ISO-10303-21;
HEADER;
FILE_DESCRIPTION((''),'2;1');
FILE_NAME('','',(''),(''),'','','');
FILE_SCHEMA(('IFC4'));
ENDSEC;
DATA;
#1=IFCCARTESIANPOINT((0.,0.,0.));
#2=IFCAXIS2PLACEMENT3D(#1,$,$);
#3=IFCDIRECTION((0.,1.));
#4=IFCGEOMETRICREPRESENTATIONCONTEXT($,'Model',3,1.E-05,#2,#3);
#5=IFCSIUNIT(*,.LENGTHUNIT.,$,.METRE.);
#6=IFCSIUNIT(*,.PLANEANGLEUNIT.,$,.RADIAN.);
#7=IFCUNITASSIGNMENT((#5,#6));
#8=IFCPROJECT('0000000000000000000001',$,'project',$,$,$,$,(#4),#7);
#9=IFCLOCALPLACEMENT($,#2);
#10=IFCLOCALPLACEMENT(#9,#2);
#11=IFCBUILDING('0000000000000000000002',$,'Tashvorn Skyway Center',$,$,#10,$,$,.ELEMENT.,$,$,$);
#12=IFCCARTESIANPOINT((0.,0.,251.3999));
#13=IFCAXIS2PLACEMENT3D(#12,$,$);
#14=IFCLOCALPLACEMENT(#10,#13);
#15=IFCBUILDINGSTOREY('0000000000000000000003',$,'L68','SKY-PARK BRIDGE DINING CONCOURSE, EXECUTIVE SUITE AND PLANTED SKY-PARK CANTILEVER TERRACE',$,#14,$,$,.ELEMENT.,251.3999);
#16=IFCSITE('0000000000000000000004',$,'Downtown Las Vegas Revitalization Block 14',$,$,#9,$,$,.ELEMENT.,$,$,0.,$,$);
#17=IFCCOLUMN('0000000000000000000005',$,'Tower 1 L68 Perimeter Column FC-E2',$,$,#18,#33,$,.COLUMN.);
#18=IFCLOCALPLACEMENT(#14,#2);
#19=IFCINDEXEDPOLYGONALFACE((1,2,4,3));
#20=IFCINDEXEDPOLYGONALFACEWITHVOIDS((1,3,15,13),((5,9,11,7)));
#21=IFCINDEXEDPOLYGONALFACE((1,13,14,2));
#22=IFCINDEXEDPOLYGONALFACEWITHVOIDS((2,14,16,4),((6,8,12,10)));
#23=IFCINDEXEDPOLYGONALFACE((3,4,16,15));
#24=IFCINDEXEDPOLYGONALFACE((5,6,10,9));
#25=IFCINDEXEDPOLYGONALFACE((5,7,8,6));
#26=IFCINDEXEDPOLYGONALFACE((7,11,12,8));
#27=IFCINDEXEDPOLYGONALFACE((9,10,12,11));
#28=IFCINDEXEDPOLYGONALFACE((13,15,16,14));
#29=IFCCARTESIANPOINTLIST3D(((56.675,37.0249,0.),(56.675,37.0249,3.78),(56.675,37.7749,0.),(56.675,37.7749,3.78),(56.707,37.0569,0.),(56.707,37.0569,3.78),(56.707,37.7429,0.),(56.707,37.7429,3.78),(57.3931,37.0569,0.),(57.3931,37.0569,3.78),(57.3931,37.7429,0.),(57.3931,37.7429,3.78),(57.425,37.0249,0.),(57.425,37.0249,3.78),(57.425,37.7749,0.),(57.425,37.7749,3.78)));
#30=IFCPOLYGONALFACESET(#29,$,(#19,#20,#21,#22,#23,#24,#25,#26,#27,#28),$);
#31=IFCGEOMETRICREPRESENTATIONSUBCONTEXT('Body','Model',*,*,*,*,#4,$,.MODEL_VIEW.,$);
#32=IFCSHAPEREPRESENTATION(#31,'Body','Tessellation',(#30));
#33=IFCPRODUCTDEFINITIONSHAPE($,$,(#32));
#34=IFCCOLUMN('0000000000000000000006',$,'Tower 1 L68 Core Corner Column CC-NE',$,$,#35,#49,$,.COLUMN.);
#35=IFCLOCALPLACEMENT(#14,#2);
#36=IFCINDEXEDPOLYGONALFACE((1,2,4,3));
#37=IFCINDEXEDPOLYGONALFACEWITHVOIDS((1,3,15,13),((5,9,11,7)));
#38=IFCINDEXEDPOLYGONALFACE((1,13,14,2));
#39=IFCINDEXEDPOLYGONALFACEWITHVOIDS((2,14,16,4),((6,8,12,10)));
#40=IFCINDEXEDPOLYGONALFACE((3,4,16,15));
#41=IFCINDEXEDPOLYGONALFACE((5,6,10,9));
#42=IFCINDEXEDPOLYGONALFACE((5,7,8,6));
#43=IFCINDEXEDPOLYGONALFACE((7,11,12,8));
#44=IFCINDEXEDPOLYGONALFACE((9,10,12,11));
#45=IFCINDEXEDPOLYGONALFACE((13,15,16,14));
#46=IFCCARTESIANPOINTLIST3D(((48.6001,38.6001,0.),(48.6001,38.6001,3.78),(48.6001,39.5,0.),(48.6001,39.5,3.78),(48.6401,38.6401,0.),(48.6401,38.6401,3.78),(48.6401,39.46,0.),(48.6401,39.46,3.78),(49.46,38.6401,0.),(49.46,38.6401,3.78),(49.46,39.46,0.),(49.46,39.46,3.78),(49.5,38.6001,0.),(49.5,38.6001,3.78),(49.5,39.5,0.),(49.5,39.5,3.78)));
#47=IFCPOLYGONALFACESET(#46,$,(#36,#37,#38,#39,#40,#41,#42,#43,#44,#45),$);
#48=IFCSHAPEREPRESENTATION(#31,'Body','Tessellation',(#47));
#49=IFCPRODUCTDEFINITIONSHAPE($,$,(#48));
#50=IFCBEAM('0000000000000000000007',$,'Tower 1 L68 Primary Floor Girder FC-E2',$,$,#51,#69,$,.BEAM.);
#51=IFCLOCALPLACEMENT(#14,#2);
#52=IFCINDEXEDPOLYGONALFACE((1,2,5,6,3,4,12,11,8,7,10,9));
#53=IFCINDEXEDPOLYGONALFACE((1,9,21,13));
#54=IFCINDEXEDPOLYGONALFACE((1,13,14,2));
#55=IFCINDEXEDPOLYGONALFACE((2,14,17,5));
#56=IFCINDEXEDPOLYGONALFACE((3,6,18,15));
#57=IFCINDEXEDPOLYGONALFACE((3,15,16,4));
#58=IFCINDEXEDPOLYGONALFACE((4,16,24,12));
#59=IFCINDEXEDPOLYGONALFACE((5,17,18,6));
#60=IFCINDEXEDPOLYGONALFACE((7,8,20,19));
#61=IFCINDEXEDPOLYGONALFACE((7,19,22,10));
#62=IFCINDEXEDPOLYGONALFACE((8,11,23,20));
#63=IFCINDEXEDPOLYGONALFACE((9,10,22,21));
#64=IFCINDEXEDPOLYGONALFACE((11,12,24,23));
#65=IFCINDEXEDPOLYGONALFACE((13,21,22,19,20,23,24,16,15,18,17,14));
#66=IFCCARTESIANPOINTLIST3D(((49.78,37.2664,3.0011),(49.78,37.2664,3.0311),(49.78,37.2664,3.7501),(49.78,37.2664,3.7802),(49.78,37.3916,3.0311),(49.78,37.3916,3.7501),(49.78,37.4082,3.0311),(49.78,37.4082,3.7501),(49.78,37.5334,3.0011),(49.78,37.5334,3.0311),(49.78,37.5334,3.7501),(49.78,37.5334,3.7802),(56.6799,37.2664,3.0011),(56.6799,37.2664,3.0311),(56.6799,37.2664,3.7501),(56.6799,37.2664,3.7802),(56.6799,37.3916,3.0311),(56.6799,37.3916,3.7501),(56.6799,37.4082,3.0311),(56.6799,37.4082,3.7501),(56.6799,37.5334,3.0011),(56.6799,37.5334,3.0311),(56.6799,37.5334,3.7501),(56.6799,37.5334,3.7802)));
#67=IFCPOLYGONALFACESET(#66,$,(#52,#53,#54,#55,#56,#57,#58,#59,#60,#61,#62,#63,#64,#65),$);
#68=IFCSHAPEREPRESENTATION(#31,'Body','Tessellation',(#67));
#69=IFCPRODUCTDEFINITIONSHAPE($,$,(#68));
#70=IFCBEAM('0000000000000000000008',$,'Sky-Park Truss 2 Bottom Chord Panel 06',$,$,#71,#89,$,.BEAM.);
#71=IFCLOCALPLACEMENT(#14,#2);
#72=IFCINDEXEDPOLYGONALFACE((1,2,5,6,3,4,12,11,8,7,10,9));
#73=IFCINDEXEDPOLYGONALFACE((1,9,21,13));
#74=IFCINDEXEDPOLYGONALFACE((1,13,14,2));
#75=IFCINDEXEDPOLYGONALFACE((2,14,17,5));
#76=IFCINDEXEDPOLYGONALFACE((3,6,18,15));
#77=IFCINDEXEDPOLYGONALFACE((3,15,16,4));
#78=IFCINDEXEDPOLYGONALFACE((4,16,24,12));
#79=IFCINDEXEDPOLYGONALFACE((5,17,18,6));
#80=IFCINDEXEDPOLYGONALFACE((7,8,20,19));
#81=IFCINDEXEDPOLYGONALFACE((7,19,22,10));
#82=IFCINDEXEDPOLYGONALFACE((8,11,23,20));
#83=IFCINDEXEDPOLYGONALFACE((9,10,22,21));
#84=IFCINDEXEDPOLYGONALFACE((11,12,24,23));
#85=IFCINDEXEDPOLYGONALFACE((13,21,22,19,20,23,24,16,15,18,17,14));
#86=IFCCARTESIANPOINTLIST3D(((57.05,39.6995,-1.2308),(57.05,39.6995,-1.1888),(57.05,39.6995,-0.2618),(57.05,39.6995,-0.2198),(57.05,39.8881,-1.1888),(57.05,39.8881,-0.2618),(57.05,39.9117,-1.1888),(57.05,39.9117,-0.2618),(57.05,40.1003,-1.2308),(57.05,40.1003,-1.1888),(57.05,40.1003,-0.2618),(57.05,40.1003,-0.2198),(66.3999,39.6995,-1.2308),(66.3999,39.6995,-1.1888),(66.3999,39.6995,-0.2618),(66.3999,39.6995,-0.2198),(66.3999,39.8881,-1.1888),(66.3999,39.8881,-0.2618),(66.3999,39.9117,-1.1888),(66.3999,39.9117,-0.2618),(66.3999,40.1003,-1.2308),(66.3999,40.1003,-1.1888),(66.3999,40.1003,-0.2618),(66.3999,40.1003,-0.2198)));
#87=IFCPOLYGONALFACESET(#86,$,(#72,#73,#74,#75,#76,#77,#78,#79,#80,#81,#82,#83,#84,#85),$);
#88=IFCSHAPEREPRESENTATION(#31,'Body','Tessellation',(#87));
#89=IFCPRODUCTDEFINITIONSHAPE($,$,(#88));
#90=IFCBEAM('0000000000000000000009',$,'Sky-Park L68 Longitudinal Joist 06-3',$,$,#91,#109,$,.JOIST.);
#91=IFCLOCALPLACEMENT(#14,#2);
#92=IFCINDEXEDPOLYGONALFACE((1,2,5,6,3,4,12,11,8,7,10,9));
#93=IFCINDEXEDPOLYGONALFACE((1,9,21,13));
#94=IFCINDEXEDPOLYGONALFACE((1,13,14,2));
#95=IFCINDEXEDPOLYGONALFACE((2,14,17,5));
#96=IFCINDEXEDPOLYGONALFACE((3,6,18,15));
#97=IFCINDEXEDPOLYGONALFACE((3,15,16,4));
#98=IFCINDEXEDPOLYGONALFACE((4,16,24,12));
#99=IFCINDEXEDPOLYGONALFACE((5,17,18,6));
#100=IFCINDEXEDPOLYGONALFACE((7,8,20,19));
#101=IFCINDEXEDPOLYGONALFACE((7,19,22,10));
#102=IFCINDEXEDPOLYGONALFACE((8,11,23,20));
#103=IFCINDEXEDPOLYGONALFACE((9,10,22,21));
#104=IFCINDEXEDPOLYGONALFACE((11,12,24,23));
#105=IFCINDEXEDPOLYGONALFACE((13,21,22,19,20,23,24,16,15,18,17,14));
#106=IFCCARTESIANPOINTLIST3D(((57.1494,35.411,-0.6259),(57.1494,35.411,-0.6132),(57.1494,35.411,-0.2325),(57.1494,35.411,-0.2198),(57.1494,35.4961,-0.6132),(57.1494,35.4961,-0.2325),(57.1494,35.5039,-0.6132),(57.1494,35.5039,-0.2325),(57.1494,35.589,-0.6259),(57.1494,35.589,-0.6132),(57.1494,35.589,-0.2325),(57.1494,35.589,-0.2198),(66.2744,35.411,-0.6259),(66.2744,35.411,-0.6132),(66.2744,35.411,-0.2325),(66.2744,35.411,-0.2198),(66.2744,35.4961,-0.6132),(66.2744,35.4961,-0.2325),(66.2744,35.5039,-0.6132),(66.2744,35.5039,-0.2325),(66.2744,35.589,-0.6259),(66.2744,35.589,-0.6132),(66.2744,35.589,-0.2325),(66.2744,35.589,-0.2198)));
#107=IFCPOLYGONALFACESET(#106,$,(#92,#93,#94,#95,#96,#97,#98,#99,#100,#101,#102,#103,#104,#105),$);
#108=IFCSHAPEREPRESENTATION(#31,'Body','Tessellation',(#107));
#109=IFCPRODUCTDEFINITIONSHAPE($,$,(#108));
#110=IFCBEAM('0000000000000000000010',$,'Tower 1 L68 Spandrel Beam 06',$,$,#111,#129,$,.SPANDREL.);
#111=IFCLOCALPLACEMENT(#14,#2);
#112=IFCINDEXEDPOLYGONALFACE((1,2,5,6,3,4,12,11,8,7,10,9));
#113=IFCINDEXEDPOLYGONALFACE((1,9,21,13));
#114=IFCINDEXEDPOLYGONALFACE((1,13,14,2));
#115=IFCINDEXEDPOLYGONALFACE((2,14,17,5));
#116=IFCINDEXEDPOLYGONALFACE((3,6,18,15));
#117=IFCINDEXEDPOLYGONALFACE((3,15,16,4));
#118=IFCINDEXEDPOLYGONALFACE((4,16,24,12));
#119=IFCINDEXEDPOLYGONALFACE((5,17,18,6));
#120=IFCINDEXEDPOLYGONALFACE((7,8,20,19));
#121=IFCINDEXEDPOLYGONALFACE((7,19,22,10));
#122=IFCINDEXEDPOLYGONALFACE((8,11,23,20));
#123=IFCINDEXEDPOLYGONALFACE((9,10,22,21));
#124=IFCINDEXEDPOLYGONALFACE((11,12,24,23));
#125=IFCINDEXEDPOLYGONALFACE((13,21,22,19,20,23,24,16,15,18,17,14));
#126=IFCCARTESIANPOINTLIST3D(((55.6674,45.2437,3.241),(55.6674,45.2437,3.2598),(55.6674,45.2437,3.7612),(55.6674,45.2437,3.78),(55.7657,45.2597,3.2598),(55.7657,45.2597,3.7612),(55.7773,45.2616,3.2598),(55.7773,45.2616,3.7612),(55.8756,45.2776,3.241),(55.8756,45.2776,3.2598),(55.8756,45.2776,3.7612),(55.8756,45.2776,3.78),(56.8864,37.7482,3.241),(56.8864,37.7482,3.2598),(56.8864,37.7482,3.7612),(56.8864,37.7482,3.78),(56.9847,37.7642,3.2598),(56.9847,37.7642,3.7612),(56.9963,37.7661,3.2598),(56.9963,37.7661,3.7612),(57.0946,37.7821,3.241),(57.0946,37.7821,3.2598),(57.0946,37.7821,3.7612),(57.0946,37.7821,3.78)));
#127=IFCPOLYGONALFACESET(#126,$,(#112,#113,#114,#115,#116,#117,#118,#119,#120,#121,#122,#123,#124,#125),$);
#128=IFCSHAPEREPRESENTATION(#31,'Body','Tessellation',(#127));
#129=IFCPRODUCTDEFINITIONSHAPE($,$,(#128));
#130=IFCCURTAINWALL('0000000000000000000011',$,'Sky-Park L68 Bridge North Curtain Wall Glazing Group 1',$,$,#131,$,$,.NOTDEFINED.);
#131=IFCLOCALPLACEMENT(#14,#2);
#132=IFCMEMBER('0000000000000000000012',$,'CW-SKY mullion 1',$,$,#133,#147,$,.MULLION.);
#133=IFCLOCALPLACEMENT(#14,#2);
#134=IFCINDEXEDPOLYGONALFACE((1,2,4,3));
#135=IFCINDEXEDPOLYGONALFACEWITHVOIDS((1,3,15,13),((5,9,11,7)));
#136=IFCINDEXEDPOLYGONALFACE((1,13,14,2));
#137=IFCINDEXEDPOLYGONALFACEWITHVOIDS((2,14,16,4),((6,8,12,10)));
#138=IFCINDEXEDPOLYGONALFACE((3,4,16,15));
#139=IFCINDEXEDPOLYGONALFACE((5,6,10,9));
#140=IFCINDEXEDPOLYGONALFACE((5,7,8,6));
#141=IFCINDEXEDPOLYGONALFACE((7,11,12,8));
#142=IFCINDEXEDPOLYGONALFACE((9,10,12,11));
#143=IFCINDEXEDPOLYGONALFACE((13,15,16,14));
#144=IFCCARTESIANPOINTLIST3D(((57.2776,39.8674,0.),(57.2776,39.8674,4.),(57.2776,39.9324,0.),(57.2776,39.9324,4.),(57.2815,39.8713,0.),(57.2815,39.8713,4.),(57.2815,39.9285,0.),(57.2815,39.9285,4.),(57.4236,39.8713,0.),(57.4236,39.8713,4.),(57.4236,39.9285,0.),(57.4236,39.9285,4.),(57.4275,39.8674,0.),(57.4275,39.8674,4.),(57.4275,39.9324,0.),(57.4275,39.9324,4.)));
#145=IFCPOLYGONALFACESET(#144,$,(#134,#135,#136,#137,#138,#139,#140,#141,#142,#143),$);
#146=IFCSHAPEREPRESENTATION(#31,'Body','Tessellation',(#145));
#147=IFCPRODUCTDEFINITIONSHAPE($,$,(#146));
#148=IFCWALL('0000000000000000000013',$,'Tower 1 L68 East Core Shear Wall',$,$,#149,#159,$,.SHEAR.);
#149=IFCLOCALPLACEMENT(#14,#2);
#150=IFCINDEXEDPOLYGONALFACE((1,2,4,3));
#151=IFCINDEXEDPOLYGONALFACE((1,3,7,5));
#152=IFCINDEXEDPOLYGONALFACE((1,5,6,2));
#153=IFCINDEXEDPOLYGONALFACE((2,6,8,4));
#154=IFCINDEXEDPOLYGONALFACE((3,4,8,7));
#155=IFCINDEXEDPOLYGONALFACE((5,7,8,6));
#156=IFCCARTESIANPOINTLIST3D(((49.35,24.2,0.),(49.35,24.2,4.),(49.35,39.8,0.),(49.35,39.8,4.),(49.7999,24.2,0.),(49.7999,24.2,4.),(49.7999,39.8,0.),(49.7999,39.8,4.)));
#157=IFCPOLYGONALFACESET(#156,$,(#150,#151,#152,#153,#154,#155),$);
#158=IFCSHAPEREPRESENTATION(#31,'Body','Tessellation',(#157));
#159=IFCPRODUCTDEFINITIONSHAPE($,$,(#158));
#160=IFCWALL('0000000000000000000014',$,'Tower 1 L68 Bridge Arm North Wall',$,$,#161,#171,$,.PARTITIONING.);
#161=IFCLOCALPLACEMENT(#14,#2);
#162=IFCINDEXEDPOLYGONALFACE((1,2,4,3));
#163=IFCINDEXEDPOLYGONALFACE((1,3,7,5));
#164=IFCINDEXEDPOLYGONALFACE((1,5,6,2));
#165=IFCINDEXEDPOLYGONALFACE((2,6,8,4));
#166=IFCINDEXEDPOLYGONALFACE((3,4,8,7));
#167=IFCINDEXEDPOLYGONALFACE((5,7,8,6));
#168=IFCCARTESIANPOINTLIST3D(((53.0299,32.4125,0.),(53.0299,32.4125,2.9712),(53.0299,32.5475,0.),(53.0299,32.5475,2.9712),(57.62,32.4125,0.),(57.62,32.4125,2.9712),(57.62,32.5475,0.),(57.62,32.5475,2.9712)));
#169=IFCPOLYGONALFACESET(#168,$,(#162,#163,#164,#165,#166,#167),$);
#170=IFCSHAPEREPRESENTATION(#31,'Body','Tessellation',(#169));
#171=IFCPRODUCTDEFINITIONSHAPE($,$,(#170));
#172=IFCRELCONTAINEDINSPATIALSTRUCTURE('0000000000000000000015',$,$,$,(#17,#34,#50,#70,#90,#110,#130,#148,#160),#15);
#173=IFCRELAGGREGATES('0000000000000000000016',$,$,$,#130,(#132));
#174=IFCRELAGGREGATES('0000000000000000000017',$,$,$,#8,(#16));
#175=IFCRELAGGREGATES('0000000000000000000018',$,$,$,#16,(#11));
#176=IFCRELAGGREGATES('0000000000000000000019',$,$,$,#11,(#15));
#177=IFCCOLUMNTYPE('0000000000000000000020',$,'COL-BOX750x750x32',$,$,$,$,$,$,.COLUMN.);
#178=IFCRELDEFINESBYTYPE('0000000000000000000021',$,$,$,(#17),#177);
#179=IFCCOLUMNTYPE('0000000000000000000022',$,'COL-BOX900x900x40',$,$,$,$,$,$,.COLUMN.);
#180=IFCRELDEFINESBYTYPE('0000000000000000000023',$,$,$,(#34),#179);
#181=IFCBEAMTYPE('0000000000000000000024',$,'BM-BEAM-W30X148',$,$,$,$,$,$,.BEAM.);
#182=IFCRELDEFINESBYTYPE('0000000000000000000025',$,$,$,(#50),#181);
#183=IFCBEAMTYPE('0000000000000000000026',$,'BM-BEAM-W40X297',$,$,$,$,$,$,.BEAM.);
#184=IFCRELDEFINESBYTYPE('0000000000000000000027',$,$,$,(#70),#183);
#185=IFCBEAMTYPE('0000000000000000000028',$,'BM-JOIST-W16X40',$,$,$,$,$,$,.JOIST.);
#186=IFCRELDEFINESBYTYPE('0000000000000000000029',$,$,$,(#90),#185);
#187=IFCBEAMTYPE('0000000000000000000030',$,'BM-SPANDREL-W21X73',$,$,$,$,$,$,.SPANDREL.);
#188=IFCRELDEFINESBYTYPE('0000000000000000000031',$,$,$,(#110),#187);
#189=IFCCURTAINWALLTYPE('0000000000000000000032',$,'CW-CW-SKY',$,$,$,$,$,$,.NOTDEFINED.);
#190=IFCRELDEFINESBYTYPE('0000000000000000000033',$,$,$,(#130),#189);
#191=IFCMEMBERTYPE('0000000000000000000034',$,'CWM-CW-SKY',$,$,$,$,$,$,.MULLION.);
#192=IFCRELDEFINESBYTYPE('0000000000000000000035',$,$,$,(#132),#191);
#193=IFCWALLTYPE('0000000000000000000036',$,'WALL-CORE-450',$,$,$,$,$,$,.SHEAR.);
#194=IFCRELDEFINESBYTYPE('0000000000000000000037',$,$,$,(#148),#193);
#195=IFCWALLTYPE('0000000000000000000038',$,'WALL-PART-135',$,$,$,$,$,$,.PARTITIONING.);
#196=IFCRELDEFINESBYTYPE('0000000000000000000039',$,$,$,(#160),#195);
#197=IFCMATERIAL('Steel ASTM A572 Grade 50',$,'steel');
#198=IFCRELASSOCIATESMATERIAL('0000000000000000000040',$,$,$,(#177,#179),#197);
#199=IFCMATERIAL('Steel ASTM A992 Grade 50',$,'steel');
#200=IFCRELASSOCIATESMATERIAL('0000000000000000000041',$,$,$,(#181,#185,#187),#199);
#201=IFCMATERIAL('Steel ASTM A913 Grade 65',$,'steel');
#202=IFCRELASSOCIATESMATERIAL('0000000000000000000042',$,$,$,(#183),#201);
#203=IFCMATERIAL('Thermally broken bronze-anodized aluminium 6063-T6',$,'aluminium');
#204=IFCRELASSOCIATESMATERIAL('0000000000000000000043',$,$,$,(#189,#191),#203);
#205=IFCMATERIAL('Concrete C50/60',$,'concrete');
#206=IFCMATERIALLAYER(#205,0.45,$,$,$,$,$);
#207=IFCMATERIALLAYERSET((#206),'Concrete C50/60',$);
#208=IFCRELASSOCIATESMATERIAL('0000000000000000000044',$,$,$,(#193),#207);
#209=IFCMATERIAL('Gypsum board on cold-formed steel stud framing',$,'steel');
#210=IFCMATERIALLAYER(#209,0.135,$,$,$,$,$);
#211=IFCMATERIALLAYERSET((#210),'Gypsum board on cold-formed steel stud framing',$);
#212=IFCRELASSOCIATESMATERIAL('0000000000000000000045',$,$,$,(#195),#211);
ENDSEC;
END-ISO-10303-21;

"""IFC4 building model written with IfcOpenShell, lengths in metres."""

from ifc_helpers import new_model, si_unit, direction, frame, frame_2d, origin, origin_2d, place, context, subcontext, project, spatial, rectangle, hollow_rectangle, i_section, extrude, material, layer, layer_set, material_profile, profile_set, type_object, element, aggregate, save


model = new_model("IFC4")

# Units and contexts
model_context = context("Model", 3, precision=1e-05, world=origin(), true_north=direction((0.0, 1.0)))
body_context = subcontext(model_context, "Body", "Model", "MODEL_VIEW")
ifc_project = project(units=[si_unit("LENGTHUNIT", "METRE"), si_unit("PLANEANGLEUNIT", "RADIAN")], contexts=[model_context])

# Site, building, storey
site_placement = place(None, origin())
site = spatial("IfcSite", under=ifc_project, at=site_placement, Name="Downtown Las Vegas Revitalization Block 14", CompositionType="ELEMENT", RefElevation=0.0)
building_placement = place(site_placement, origin())
building = spatial("IfcBuilding", under=site, at=building_placement, Name="Tashvorn Skyway Center", CompositionType="ELEMENT")
storey_placement = place(building_placement, frame((0.0, 0.0, 251.3999)))
storey = spatial("IfcBuildingStorey", under=building, at=storey_placement, Name="L68", Description="SKY-PARK BRIDGE DINING CONCOURSE, EXECUTIVE SUITE AND PLANTED SKY-PARK CANTILEVER TERRACE", CompositionType="ELEMENT", Elevation=251.3999)

# Columns
ifc_material_1 = material(Name="Steel ASTM A572 Grade 50", Category="steel")
ifc_material_profile_1 = material_profile(ifc_material_1, hollow_rectangle(XDim=0.75, YDim=0.75, WallThickness=0.032, at=origin_2d()), Name="BOX750x750x32")
ifc_profile_set_1 = profile_set([ifc_material_profile_1], Name="Steel ASTM A572 Grade 50")
column_type_1 = type_object("IfcColumnType", Name="COL-BOX750x750x32", PredefinedType="COLUMN", material=ifc_profile_set_1)
column_1_placement = place(storey_placement, frame((57.05, 37.3999, 0.0), z_axis=(0.0, 0.0, 1.0), x_axis=(1.0, 0.0, 0.0)))
element("IfcColumn", 1, at=column_1_placement, inside=storey, type_object=column_type_1, Name="Tower 1 L68 Perimeter Column FC-E2", PredefinedType="COLUMN", context=body_context, shape_type="SweptSolid", body=[
    extrude(hollow_rectangle(XDim=0.75, YDim=0.75, WallThickness=0.032, at=origin_2d()), origin(), (0.0, 0.0, 1.0), 3.78),
])
ifc_material_profile_2 = material_profile(ifc_material_1, hollow_rectangle(XDim=0.8999, YDim=0.8999, WallThickness=0.04, at=origin_2d()), Name="BOX900x900x40")
ifc_profile_set_2 = profile_set([ifc_material_profile_2], Name="Steel ASTM A572 Grade 50")
column_type_2 = type_object("IfcColumnType", Name="COL-BOX900x900x40", PredefinedType="COLUMN", material=ifc_profile_set_2)
column_2_placement = place(storey_placement, frame((49.05, 39.05, 0.0), z_axis=(0.0, 0.0, 1.0), x_axis=(1.0, 0.0, 0.0)))
element("IfcColumn", 2, at=column_2_placement, inside=storey, type_object=column_type_2, Name="Tower 1 L68 Core Corner Column CC-NE", PredefinedType="COLUMN", context=body_context, shape_type="SweptSolid", body=[
    extrude(hollow_rectangle(XDim=0.8999, YDim=0.8999, WallThickness=0.04, at=origin_2d()), origin(), (0.0, 0.0, 1.0), 3.78),
])

# Beams
ifc_material_2 = material(Name="Steel ASTM A992 Grade 50", Category="steel")
ifc_material_profile_3 = material_profile(ifc_material_2, i_section(OverallWidth=0.2671, OverallDepth=0.7791, WebThickness=0.0166, FlangeThickness=0.03, at=origin_2d()), Name="W30X148")
ifc_profile_set_3 = profile_set([ifc_material_profile_3], Name="Steel ASTM A992 Grade 50")
beam_type_1 = type_object("IfcBeamType", Name="BM-BEAM-W30X148", PredefinedType="BEAM", material=ifc_profile_set_3)
beam_1_placement = place(storey_placement, frame((56.6799, 37.3999, 3.3906), z_axis=(-1.0, 0.0, 0.0), x_axis=(0.0, -1.0, 0.0)))
element("IfcBeam", 3, at=beam_1_placement, inside=storey, type_object=beam_type_1, Name="Tower 1 L68 Primary Floor Girder FC-E2", PredefinedType="BEAM", context=body_context, shape_type="SweptSolid", body=[
    extrude(i_section(OverallWidth=0.2671, OverallDepth=0.7791, WebThickness=0.0166, FlangeThickness=0.03, at=origin_2d()), origin(), (0.0, 0.0, 1.0), 6.8999),
])
ifc_material_3 = material(Name="Steel ASTM A913 Grade 65", Category="steel")
ifc_material_profile_4 = material_profile(ifc_material_3, i_section(OverallWidth=0.4009, OverallDepth=1.011, WebThickness=0.0237, FlangeThickness=0.042, at=origin_2d()), Name="W40X297")
ifc_profile_set_4 = profile_set([ifc_material_profile_4], Name="Steel ASTM A913 Grade 65")
beam_type_2 = type_object("IfcBeamType", Name="BM-BEAM-W40X297", PredefinedType="BEAM", material=ifc_profile_set_4)
beam_2_placement = place(storey_placement, frame((57.05, 39.8999, -0.7253), z_axis=(1.0, 0.0, 0.0), x_axis=(0.0, 1.0, 0.0)))
element("IfcBeam", 4, at=beam_2_placement, inside=storey, type_object=beam_type_2, Name="Sky-Park Truss 2 Bottom Chord Panel 06", PredefinedType="BEAM", context=body_context, shape_type="SweptSolid", body=[
    extrude(i_section(OverallWidth=0.4009, OverallDepth=1.011, WebThickness=0.0237, FlangeThickness=0.042, at=origin_2d()), origin(), (0.0, 0.0, 1.0), 9.3499),
])
ifc_material_profile_5 = material_profile(ifc_material_2, i_section(OverallWidth=0.178, OverallDepth=0.406, WebThickness=0.0078, FlangeThickness=0.0127, at=origin_2d()), Name="W16X40")
ifc_profile_set_5 = profile_set([ifc_material_profile_5], Name="Steel ASTM A992 Grade 50")
beam_type_3 = type_object("IfcBeamType", Name="BM-JOIST-W16X40", PredefinedType="JOIST", material=ifc_profile_set_5)
beam_3_placement = place(storey_placement, frame((57.1494, 35.5, -0.4229), z_axis=(1.0, 0.0, 0.0), x_axis=(0.0, 1.0, 0.0)))
element("IfcBeam", 5, at=beam_3_placement, inside=storey, type_object=beam_type_3, Name="Sky-Park L68 Longitudinal Joist 06-3", PredefinedType="JOIST", context=body_context, shape_type="SweptSolid", body=[
    extrude(i_section(OverallWidth=0.178, OverallDepth=0.406, WebThickness=0.0078, FlangeThickness=0.0127, at=origin_2d()), origin(), (0.0, 0.0, 1.0), 9.125),
])
ifc_material_profile_6 = material_profile(ifc_material_2, i_section(OverallWidth=0.2109, OverallDepth=0.5391, WebThickness=0.0117, FlangeThickness=0.0188, at=origin_2d()), Name="W21X73")
ifc_profile_set_6 = profile_set([ifc_material_profile_6], Name="Steel ASTM A992 Grade 50")
beam_type_4 = type_object("IfcBeamType", Name="BM-SPANDREL-W21X73", PredefinedType="SPANDREL", material=ifc_profile_set_6)
beam_4_placement = place(storey_placement, frame((56.9905, 37.7651, 3.5105), z_axis=(-0.160519, 0.987033, 0.0), x_axis=(-0.987033, -0.160519, 0.0)))
element("IfcBeam", 6, at=beam_4_placement, inside=storey, type_object=beam_type_4, Name="Tower 1 L68 Spandrel Beam 06", PredefinedType="SPANDREL", context=body_context, shape_type="SweptSolid", body=[
    extrude(i_section(OverallWidth=0.2109, OverallDepth=0.5391, WebThickness=0.0117, FlangeThickness=0.0188, at=origin_2d()), origin(), (0.0, 0.0, 1.0), 7.594),
])

# Curtain wall, member
ifc_material_4 = material(Name="Thermally broken bronze-anodized aluminium 6063-T6", Category="aluminium")
curtain_wall_type = type_object("IfcCurtainWallType", Name="CW-CW-SKY", PredefinedType="NOTDEFINED", material=ifc_material_4)
curtain_wall_placement = place(storey_placement, origin())
curtain_wall = element("IfcCurtainWall", 7, at=curtain_wall_placement, inside=storey, type_object=curtain_wall_type, Name="Sky-Park L68 Bridge North Curtain Wall Glazing Group 1", PredefinedType="NOTDEFINED")
ifc_material_profile_7 = material_profile(ifc_material_4, hollow_rectangle(XDim=0.0649, YDim=0.1499, WallThickness=0.0039, at=origin_2d()), Name="ALU-MULL-65x150")
ifc_profile_set_7 = profile_set([ifc_material_profile_7], Name="Thermally broken bronze-anodized aluminium 6063-T6")
member_type = type_object("IfcMemberType", Name="CWM-CW-SKY", PredefinedType="MULLION", material=ifc_profile_set_7)
member_placement = place(storey_placement, frame((57.3525, 39.8999, 0.0), z_axis=(0.0, 0.0, 1.0), x_axis=(0.0, 1.0, 0.0)))
member = element("IfcMember", 8, at=member_placement, type_object=member_type, Name="CW-SKY mullion 1", PredefinedType="MULLION", context=body_context, shape_type="SweptSolid", body=[
    extrude(hollow_rectangle(XDim=0.0649, YDim=0.1499, WallThickness=0.0039, at=origin_2d()), origin(), (0.0, 0.0, 1.0), 4.0),
])
aggregate(curtain_wall, [member])

# Walls
ifc_material_5 = material(Name="Concrete C50/60", Category="concrete")
ifc_layer_1 = layer(ifc_material_5, 0.45)
ifc_layer_set_1 = layer_set([ifc_layer_1], Name="Concrete C50/60")
wall_type_1 = type_object("IfcWallType", Name="WALL-CORE-450", PredefinedType="SHEAR", material=ifc_layer_set_1)
wall_1_placement = place(storey_placement, frame((49.575, 39.8, 0.0), z_axis=(0.0, 0.0, 1.0), x_axis=(0.0, -1.0, 0.0)))
element("IfcWall", 9, at=wall_1_placement, inside=storey, type_object=wall_type_1, Name="Tower 1 L68 East Core Shear Wall", PredefinedType="SHEAR", context=body_context, shape_type="SweptSolid", body=[
    extrude(rectangle(XDim=15.6001, YDim=0.45, at=frame_2d((7.8, 0.0))), origin(), (0.0, 0.0, 1.0), 4.0),
])
ifc_material_6 = material(Name="Gypsum board on cold-formed steel stud framing", Category="steel")
ifc_layer_2 = layer(ifc_material_6, 0.135)
ifc_layer_set_2 = layer_set([ifc_layer_2], Name="Gypsum board on cold-formed steel stud framing")
wall_type_2 = type_object("IfcWallType", Name="WALL-PART-135", PredefinedType="PARTITIONING", material=ifc_layer_set_2)
wall_2_placement = place(storey_placement, frame((53.03, 32.48, 0.0), z_axis=(0.0, 0.0, 1.0), x_axis=(1.0, 0.0, 0.0)))
element("IfcWall", 10, at=wall_2_placement, inside=storey, type_object=wall_type_2, Name="Tower 1 L68 Bridge Arm North Wall", PredefinedType="PARTITIONING", context=body_context, shape_type="SweptSolid", body=[
    extrude(rectangle(XDim=4.5901, YDim=0.135, at=frame_2d((2.2949, 0.0))), origin(), (0.0, 0.0, 1.0), 2.9712),
])

save(model, "model.ifc")
